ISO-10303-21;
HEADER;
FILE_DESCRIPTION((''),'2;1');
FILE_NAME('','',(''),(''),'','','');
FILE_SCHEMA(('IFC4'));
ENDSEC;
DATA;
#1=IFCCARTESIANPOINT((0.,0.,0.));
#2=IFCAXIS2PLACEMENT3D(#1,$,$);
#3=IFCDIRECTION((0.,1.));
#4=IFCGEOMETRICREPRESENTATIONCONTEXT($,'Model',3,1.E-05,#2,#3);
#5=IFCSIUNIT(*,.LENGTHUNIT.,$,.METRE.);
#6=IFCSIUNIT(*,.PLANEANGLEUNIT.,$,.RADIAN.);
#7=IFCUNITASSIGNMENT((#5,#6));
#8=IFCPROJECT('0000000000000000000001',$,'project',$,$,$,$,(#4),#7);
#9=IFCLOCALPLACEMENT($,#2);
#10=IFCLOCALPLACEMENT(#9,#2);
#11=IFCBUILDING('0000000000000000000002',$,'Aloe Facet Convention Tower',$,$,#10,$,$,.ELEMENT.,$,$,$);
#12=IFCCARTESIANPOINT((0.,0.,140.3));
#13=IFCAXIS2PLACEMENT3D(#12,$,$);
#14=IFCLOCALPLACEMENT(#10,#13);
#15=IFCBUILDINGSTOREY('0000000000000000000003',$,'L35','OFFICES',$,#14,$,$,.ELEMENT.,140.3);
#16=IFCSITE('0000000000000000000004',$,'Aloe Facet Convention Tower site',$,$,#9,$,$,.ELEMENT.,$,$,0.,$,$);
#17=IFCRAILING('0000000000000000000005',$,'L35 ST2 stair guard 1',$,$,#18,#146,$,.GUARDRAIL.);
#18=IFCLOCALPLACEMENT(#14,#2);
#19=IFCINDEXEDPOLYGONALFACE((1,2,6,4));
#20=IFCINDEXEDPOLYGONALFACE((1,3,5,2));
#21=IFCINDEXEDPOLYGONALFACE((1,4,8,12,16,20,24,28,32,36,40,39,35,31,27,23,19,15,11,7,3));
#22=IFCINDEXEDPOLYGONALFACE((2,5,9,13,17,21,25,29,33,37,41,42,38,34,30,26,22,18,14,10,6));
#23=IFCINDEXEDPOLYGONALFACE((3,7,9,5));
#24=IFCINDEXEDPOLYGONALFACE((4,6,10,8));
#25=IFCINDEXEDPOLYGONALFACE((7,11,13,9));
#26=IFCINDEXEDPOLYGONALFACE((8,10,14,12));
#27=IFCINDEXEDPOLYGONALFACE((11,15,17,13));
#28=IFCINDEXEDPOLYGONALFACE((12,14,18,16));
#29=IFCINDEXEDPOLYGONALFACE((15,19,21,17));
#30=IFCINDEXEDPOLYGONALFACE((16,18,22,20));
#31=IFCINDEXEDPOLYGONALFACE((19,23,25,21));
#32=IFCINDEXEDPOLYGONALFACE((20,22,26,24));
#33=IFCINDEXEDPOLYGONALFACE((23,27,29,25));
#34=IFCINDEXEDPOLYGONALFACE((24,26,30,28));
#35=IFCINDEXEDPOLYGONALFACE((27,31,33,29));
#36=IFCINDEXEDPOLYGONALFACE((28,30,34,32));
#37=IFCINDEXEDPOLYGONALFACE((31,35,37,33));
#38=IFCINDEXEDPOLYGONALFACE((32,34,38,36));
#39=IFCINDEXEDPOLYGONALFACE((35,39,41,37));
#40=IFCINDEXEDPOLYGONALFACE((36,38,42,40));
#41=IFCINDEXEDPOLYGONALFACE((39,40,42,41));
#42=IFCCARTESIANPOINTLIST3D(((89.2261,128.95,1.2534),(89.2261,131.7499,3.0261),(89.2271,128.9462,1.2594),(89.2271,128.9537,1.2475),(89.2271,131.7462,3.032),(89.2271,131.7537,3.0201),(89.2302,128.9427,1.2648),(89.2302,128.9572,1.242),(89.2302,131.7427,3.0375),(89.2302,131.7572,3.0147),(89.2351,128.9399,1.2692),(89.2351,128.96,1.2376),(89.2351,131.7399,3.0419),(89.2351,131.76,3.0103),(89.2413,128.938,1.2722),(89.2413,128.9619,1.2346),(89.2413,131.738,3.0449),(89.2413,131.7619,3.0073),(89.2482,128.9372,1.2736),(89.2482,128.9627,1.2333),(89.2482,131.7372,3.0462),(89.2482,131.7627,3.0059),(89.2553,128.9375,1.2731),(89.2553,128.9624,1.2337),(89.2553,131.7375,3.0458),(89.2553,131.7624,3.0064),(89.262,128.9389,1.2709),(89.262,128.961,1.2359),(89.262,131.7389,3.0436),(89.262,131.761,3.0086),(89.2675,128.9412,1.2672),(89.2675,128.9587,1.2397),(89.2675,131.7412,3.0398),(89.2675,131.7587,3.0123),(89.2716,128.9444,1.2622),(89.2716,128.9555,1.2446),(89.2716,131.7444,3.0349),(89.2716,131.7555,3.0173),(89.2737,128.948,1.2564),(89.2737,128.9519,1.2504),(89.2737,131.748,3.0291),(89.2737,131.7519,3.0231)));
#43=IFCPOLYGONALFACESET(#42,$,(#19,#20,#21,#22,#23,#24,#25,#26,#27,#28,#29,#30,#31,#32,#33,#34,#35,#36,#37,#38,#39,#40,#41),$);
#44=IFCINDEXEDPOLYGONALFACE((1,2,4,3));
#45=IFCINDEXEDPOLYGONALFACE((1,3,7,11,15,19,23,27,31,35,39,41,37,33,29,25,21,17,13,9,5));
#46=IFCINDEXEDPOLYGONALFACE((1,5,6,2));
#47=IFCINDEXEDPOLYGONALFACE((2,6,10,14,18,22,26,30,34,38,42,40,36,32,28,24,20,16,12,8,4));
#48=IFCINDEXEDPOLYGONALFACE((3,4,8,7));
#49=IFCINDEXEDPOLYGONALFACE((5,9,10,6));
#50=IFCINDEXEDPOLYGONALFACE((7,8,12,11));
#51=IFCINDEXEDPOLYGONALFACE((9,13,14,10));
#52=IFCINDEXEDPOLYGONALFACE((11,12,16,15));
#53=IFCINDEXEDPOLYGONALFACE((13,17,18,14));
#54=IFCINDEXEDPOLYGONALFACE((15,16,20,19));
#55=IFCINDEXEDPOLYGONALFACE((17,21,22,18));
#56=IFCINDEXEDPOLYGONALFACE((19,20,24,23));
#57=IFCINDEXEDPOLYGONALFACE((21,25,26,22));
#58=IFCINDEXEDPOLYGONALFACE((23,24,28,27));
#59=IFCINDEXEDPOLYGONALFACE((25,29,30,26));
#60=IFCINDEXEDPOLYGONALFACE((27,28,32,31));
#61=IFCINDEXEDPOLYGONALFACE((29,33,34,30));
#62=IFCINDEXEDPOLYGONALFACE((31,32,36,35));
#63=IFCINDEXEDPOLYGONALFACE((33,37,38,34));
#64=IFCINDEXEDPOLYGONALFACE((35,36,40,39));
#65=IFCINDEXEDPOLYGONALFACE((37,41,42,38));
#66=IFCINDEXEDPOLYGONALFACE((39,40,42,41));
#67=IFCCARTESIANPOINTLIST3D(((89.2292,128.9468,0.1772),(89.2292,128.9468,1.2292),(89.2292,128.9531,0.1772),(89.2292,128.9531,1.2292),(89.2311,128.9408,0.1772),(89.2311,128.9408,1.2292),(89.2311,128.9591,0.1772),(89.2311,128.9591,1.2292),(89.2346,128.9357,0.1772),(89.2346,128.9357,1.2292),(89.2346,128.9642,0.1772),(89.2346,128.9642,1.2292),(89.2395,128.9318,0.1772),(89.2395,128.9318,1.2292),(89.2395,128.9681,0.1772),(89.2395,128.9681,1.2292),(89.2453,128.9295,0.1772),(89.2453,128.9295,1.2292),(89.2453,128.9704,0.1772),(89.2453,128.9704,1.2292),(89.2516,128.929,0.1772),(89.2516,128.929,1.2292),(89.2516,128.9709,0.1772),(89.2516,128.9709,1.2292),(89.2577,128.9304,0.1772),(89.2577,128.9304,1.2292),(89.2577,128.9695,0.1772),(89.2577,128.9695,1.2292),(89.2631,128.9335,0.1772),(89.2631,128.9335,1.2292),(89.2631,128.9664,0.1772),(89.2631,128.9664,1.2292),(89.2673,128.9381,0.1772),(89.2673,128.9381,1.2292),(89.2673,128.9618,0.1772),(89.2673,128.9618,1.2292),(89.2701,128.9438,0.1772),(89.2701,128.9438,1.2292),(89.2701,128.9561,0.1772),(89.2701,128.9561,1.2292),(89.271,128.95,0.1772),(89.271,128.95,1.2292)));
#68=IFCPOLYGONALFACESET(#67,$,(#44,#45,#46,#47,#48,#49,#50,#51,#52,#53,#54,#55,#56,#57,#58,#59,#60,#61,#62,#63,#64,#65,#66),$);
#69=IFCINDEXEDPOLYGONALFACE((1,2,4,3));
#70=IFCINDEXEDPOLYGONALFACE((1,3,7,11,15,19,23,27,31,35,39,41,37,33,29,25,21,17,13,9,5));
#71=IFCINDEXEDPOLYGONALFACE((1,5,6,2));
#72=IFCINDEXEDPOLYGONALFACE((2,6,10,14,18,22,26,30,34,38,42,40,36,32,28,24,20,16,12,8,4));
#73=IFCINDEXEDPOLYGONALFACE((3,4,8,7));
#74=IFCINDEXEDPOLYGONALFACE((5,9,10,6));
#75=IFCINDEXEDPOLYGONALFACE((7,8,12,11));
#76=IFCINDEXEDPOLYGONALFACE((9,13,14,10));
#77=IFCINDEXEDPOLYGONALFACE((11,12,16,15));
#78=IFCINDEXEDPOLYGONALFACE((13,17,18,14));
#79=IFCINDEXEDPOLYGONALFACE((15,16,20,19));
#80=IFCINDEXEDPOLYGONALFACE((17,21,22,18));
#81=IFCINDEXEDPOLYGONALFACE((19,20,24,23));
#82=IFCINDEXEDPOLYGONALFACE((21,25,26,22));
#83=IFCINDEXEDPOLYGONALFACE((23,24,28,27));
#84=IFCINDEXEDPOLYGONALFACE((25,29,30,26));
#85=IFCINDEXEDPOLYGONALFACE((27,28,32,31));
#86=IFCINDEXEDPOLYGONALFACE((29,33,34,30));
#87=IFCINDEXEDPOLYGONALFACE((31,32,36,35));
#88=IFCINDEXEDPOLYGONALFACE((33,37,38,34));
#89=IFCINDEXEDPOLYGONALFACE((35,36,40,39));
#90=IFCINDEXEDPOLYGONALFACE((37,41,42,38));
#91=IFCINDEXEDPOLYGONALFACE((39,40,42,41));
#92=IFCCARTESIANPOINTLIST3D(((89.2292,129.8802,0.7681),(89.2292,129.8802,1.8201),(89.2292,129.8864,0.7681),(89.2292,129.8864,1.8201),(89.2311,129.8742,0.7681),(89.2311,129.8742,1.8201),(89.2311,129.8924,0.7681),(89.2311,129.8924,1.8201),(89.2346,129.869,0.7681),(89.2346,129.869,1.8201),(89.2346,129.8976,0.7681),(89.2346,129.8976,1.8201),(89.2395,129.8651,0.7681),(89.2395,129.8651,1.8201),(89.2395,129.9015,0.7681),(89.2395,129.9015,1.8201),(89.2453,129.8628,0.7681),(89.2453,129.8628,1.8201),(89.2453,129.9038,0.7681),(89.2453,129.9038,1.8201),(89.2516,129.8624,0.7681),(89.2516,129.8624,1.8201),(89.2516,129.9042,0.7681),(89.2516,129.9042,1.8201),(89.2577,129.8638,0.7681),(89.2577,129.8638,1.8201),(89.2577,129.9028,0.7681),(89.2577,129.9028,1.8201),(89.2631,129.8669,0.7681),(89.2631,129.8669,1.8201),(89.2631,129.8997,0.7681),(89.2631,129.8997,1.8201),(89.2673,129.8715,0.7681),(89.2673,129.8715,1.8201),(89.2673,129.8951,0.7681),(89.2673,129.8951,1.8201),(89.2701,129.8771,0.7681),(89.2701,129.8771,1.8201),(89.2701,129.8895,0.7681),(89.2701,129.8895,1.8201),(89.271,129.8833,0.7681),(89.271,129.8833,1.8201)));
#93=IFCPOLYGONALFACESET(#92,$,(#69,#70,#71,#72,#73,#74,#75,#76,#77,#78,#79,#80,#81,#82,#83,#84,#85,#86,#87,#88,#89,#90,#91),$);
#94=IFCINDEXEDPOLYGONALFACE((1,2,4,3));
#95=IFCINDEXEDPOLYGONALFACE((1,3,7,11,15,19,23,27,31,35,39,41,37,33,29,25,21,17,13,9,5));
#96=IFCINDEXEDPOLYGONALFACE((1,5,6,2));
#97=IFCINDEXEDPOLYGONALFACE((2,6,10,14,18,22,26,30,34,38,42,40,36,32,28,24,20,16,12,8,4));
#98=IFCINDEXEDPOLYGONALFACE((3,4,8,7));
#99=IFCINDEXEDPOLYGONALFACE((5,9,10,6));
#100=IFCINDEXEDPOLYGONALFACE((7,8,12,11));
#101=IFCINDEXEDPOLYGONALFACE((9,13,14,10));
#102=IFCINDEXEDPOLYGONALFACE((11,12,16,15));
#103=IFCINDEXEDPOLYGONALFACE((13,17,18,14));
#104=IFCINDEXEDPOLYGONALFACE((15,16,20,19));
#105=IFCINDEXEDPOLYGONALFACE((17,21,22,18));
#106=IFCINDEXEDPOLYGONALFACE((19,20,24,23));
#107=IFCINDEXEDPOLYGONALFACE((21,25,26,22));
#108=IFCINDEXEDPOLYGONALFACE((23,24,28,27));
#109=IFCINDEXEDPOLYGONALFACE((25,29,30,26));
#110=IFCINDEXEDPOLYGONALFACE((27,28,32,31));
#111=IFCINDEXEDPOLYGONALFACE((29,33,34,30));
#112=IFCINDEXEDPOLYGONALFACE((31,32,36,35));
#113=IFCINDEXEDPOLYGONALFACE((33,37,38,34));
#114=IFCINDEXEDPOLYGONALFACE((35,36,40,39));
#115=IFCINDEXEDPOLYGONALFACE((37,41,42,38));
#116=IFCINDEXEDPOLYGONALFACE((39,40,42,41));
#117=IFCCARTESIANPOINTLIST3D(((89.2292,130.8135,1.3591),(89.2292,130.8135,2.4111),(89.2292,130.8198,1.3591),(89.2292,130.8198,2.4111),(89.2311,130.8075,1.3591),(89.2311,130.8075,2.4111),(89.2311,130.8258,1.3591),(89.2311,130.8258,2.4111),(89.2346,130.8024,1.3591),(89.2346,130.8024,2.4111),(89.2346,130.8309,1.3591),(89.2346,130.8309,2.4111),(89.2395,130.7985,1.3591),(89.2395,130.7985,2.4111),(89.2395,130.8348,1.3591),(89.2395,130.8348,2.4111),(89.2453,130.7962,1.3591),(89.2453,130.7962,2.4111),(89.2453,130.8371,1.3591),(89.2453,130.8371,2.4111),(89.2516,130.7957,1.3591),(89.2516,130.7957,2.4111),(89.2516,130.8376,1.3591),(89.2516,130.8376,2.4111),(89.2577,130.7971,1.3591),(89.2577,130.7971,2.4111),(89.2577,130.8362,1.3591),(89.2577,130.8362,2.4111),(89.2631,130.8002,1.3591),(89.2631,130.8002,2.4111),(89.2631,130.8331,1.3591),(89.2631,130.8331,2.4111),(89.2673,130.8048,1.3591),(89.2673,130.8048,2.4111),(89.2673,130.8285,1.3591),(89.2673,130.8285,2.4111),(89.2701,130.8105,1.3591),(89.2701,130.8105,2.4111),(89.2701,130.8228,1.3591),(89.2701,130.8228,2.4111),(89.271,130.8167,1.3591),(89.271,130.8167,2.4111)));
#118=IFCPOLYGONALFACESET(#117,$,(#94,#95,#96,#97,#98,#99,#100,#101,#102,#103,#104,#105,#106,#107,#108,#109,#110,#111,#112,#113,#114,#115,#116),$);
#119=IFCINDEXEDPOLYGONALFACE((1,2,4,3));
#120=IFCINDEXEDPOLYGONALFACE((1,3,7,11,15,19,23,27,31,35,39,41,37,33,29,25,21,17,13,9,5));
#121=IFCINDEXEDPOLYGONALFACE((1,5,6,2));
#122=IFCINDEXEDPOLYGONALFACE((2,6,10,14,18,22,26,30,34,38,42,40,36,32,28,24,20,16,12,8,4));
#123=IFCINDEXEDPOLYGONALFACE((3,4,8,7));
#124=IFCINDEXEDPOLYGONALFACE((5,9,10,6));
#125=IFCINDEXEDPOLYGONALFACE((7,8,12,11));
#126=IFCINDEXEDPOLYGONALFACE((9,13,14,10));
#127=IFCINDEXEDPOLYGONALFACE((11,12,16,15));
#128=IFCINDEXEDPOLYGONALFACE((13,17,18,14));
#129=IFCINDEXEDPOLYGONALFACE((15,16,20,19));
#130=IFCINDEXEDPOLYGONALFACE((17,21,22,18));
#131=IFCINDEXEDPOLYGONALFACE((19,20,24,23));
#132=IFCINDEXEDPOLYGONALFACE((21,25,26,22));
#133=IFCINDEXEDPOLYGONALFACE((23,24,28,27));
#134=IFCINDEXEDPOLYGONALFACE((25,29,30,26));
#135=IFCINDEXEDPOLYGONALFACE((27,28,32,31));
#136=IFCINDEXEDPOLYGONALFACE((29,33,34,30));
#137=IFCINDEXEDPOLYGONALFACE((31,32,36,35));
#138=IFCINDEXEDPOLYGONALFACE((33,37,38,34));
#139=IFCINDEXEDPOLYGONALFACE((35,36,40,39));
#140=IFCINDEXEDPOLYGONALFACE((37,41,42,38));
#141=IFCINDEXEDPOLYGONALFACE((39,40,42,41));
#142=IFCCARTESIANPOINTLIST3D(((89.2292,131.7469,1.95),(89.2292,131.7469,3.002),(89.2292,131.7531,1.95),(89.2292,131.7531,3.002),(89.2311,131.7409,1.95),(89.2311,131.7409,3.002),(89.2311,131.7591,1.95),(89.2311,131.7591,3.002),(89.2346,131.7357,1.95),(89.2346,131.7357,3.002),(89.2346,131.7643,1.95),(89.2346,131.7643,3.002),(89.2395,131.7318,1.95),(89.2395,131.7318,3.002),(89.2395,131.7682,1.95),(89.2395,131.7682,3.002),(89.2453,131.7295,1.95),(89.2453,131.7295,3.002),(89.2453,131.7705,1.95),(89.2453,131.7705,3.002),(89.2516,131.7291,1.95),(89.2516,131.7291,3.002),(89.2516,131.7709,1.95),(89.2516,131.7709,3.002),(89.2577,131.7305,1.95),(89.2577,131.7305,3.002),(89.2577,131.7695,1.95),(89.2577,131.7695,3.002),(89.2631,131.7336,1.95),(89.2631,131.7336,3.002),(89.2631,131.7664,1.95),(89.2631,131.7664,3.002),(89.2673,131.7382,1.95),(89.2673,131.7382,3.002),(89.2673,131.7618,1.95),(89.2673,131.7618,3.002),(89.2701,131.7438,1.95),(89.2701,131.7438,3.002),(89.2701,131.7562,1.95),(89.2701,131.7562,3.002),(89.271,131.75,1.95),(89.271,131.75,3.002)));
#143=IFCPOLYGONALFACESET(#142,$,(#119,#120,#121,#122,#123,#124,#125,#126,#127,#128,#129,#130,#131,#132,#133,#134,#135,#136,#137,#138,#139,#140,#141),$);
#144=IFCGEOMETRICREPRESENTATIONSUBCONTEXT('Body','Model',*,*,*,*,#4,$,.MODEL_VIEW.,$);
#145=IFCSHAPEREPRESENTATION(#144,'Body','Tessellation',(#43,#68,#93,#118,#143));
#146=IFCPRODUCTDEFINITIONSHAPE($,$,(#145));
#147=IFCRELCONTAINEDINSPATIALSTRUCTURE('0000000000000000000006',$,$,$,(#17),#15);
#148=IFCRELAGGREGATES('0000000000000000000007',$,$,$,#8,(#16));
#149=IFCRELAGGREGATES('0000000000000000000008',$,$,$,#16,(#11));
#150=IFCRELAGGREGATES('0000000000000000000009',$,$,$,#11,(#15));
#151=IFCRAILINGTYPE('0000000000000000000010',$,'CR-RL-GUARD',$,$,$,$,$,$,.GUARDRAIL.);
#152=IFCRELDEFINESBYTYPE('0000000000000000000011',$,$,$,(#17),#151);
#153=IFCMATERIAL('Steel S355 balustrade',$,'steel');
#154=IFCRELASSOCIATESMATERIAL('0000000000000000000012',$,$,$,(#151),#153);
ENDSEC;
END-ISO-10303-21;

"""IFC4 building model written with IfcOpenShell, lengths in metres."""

from ifc_helpers import new_model, si_unit, direction, frame, origin, origin_2d, place, context, subcontext, project, spatial, circle, extrude, material, type_object, element, save


model = new_model("IFC4")

# Units and contexts
model_context = context("Model", 3, precision=1e-05, world=origin(), true_north=direction((0.0, 1.0)))
body_context = subcontext(model_context, "Body", "Model", "MODEL_VIEW")
ifc_project = project(units=[si_unit("LENGTHUNIT", "METRE"), si_unit("PLANEANGLEUNIT", "RADIAN")], contexts=[model_context])

# Site, building, storey
site_placement = place(None, origin())
site = spatial("IfcSite", under=ifc_project, at=site_placement, Name="Aloe Facet Convention Tower site", CompositionType="ELEMENT", RefElevation=0.0)
building_placement = place(site_placement, origin())
building = spatial("IfcBuilding", under=site, at=building_placement, Name="Aloe Facet Convention Tower", CompositionType="ELEMENT")
storey_placement = place(building_placement, frame((0.0, 0.0, 140.3)))
storey = spatial("IfcBuildingStorey", under=building, at=storey_placement, Name="L35", Description="OFFICES", CompositionType="ELEMENT", Elevation=140.3)

# Railing
ifc_material_1 = material(Name="Steel S355 balustrade", Category="steel")
railing_type_1 = type_object("IfcRailingType", Name="CR-RL-GUARD", PredefinedType="GUARDRAIL", material=ifc_material_1)
railing_1_placement = place(storey_placement, frame((89.25, 128.95, 0.1772)))
element("IfcRailing", 1, at=railing_1_placement, inside=storey, type_object=railing_type_1, Name="L35 ST2 stair guard 1", PredefinedType="GUARDRAIL", context=body_context, shape_type="SweptSolid", body=[
    extrude(circle(Radius=0.0239, at=origin_2d()), frame((0.0, 0.0, 1.0762), z_axis=(0.0, 0.844909, 0.53491), x_axis=(-1.0, 0.0, 0.0)), (0.0, 0.0, 1.0), 3.314),
    extrude(circle(Radius=0.021, at=origin_2d()), origin(), (0.0, 0.0, 1.0), 1.052),
    extrude(circle(Radius=0.021, at=origin_2d()), frame((0.0, 0.9333, 0.5908)), (0.0, 0.0, 1.0), 1.052),
    extrude(circle(Radius=0.021, at=origin_2d()), frame((0.0, 1.8667, 1.1819)), (0.0, 0.0, 1.0), 1.052),
    extrude(circle(Radius=0.021, at=origin_2d()), frame((0.0, 2.8, 1.7727)), (0.0, 0.0, 1.0), 1.052),
])

save(model, "model.ifc")
